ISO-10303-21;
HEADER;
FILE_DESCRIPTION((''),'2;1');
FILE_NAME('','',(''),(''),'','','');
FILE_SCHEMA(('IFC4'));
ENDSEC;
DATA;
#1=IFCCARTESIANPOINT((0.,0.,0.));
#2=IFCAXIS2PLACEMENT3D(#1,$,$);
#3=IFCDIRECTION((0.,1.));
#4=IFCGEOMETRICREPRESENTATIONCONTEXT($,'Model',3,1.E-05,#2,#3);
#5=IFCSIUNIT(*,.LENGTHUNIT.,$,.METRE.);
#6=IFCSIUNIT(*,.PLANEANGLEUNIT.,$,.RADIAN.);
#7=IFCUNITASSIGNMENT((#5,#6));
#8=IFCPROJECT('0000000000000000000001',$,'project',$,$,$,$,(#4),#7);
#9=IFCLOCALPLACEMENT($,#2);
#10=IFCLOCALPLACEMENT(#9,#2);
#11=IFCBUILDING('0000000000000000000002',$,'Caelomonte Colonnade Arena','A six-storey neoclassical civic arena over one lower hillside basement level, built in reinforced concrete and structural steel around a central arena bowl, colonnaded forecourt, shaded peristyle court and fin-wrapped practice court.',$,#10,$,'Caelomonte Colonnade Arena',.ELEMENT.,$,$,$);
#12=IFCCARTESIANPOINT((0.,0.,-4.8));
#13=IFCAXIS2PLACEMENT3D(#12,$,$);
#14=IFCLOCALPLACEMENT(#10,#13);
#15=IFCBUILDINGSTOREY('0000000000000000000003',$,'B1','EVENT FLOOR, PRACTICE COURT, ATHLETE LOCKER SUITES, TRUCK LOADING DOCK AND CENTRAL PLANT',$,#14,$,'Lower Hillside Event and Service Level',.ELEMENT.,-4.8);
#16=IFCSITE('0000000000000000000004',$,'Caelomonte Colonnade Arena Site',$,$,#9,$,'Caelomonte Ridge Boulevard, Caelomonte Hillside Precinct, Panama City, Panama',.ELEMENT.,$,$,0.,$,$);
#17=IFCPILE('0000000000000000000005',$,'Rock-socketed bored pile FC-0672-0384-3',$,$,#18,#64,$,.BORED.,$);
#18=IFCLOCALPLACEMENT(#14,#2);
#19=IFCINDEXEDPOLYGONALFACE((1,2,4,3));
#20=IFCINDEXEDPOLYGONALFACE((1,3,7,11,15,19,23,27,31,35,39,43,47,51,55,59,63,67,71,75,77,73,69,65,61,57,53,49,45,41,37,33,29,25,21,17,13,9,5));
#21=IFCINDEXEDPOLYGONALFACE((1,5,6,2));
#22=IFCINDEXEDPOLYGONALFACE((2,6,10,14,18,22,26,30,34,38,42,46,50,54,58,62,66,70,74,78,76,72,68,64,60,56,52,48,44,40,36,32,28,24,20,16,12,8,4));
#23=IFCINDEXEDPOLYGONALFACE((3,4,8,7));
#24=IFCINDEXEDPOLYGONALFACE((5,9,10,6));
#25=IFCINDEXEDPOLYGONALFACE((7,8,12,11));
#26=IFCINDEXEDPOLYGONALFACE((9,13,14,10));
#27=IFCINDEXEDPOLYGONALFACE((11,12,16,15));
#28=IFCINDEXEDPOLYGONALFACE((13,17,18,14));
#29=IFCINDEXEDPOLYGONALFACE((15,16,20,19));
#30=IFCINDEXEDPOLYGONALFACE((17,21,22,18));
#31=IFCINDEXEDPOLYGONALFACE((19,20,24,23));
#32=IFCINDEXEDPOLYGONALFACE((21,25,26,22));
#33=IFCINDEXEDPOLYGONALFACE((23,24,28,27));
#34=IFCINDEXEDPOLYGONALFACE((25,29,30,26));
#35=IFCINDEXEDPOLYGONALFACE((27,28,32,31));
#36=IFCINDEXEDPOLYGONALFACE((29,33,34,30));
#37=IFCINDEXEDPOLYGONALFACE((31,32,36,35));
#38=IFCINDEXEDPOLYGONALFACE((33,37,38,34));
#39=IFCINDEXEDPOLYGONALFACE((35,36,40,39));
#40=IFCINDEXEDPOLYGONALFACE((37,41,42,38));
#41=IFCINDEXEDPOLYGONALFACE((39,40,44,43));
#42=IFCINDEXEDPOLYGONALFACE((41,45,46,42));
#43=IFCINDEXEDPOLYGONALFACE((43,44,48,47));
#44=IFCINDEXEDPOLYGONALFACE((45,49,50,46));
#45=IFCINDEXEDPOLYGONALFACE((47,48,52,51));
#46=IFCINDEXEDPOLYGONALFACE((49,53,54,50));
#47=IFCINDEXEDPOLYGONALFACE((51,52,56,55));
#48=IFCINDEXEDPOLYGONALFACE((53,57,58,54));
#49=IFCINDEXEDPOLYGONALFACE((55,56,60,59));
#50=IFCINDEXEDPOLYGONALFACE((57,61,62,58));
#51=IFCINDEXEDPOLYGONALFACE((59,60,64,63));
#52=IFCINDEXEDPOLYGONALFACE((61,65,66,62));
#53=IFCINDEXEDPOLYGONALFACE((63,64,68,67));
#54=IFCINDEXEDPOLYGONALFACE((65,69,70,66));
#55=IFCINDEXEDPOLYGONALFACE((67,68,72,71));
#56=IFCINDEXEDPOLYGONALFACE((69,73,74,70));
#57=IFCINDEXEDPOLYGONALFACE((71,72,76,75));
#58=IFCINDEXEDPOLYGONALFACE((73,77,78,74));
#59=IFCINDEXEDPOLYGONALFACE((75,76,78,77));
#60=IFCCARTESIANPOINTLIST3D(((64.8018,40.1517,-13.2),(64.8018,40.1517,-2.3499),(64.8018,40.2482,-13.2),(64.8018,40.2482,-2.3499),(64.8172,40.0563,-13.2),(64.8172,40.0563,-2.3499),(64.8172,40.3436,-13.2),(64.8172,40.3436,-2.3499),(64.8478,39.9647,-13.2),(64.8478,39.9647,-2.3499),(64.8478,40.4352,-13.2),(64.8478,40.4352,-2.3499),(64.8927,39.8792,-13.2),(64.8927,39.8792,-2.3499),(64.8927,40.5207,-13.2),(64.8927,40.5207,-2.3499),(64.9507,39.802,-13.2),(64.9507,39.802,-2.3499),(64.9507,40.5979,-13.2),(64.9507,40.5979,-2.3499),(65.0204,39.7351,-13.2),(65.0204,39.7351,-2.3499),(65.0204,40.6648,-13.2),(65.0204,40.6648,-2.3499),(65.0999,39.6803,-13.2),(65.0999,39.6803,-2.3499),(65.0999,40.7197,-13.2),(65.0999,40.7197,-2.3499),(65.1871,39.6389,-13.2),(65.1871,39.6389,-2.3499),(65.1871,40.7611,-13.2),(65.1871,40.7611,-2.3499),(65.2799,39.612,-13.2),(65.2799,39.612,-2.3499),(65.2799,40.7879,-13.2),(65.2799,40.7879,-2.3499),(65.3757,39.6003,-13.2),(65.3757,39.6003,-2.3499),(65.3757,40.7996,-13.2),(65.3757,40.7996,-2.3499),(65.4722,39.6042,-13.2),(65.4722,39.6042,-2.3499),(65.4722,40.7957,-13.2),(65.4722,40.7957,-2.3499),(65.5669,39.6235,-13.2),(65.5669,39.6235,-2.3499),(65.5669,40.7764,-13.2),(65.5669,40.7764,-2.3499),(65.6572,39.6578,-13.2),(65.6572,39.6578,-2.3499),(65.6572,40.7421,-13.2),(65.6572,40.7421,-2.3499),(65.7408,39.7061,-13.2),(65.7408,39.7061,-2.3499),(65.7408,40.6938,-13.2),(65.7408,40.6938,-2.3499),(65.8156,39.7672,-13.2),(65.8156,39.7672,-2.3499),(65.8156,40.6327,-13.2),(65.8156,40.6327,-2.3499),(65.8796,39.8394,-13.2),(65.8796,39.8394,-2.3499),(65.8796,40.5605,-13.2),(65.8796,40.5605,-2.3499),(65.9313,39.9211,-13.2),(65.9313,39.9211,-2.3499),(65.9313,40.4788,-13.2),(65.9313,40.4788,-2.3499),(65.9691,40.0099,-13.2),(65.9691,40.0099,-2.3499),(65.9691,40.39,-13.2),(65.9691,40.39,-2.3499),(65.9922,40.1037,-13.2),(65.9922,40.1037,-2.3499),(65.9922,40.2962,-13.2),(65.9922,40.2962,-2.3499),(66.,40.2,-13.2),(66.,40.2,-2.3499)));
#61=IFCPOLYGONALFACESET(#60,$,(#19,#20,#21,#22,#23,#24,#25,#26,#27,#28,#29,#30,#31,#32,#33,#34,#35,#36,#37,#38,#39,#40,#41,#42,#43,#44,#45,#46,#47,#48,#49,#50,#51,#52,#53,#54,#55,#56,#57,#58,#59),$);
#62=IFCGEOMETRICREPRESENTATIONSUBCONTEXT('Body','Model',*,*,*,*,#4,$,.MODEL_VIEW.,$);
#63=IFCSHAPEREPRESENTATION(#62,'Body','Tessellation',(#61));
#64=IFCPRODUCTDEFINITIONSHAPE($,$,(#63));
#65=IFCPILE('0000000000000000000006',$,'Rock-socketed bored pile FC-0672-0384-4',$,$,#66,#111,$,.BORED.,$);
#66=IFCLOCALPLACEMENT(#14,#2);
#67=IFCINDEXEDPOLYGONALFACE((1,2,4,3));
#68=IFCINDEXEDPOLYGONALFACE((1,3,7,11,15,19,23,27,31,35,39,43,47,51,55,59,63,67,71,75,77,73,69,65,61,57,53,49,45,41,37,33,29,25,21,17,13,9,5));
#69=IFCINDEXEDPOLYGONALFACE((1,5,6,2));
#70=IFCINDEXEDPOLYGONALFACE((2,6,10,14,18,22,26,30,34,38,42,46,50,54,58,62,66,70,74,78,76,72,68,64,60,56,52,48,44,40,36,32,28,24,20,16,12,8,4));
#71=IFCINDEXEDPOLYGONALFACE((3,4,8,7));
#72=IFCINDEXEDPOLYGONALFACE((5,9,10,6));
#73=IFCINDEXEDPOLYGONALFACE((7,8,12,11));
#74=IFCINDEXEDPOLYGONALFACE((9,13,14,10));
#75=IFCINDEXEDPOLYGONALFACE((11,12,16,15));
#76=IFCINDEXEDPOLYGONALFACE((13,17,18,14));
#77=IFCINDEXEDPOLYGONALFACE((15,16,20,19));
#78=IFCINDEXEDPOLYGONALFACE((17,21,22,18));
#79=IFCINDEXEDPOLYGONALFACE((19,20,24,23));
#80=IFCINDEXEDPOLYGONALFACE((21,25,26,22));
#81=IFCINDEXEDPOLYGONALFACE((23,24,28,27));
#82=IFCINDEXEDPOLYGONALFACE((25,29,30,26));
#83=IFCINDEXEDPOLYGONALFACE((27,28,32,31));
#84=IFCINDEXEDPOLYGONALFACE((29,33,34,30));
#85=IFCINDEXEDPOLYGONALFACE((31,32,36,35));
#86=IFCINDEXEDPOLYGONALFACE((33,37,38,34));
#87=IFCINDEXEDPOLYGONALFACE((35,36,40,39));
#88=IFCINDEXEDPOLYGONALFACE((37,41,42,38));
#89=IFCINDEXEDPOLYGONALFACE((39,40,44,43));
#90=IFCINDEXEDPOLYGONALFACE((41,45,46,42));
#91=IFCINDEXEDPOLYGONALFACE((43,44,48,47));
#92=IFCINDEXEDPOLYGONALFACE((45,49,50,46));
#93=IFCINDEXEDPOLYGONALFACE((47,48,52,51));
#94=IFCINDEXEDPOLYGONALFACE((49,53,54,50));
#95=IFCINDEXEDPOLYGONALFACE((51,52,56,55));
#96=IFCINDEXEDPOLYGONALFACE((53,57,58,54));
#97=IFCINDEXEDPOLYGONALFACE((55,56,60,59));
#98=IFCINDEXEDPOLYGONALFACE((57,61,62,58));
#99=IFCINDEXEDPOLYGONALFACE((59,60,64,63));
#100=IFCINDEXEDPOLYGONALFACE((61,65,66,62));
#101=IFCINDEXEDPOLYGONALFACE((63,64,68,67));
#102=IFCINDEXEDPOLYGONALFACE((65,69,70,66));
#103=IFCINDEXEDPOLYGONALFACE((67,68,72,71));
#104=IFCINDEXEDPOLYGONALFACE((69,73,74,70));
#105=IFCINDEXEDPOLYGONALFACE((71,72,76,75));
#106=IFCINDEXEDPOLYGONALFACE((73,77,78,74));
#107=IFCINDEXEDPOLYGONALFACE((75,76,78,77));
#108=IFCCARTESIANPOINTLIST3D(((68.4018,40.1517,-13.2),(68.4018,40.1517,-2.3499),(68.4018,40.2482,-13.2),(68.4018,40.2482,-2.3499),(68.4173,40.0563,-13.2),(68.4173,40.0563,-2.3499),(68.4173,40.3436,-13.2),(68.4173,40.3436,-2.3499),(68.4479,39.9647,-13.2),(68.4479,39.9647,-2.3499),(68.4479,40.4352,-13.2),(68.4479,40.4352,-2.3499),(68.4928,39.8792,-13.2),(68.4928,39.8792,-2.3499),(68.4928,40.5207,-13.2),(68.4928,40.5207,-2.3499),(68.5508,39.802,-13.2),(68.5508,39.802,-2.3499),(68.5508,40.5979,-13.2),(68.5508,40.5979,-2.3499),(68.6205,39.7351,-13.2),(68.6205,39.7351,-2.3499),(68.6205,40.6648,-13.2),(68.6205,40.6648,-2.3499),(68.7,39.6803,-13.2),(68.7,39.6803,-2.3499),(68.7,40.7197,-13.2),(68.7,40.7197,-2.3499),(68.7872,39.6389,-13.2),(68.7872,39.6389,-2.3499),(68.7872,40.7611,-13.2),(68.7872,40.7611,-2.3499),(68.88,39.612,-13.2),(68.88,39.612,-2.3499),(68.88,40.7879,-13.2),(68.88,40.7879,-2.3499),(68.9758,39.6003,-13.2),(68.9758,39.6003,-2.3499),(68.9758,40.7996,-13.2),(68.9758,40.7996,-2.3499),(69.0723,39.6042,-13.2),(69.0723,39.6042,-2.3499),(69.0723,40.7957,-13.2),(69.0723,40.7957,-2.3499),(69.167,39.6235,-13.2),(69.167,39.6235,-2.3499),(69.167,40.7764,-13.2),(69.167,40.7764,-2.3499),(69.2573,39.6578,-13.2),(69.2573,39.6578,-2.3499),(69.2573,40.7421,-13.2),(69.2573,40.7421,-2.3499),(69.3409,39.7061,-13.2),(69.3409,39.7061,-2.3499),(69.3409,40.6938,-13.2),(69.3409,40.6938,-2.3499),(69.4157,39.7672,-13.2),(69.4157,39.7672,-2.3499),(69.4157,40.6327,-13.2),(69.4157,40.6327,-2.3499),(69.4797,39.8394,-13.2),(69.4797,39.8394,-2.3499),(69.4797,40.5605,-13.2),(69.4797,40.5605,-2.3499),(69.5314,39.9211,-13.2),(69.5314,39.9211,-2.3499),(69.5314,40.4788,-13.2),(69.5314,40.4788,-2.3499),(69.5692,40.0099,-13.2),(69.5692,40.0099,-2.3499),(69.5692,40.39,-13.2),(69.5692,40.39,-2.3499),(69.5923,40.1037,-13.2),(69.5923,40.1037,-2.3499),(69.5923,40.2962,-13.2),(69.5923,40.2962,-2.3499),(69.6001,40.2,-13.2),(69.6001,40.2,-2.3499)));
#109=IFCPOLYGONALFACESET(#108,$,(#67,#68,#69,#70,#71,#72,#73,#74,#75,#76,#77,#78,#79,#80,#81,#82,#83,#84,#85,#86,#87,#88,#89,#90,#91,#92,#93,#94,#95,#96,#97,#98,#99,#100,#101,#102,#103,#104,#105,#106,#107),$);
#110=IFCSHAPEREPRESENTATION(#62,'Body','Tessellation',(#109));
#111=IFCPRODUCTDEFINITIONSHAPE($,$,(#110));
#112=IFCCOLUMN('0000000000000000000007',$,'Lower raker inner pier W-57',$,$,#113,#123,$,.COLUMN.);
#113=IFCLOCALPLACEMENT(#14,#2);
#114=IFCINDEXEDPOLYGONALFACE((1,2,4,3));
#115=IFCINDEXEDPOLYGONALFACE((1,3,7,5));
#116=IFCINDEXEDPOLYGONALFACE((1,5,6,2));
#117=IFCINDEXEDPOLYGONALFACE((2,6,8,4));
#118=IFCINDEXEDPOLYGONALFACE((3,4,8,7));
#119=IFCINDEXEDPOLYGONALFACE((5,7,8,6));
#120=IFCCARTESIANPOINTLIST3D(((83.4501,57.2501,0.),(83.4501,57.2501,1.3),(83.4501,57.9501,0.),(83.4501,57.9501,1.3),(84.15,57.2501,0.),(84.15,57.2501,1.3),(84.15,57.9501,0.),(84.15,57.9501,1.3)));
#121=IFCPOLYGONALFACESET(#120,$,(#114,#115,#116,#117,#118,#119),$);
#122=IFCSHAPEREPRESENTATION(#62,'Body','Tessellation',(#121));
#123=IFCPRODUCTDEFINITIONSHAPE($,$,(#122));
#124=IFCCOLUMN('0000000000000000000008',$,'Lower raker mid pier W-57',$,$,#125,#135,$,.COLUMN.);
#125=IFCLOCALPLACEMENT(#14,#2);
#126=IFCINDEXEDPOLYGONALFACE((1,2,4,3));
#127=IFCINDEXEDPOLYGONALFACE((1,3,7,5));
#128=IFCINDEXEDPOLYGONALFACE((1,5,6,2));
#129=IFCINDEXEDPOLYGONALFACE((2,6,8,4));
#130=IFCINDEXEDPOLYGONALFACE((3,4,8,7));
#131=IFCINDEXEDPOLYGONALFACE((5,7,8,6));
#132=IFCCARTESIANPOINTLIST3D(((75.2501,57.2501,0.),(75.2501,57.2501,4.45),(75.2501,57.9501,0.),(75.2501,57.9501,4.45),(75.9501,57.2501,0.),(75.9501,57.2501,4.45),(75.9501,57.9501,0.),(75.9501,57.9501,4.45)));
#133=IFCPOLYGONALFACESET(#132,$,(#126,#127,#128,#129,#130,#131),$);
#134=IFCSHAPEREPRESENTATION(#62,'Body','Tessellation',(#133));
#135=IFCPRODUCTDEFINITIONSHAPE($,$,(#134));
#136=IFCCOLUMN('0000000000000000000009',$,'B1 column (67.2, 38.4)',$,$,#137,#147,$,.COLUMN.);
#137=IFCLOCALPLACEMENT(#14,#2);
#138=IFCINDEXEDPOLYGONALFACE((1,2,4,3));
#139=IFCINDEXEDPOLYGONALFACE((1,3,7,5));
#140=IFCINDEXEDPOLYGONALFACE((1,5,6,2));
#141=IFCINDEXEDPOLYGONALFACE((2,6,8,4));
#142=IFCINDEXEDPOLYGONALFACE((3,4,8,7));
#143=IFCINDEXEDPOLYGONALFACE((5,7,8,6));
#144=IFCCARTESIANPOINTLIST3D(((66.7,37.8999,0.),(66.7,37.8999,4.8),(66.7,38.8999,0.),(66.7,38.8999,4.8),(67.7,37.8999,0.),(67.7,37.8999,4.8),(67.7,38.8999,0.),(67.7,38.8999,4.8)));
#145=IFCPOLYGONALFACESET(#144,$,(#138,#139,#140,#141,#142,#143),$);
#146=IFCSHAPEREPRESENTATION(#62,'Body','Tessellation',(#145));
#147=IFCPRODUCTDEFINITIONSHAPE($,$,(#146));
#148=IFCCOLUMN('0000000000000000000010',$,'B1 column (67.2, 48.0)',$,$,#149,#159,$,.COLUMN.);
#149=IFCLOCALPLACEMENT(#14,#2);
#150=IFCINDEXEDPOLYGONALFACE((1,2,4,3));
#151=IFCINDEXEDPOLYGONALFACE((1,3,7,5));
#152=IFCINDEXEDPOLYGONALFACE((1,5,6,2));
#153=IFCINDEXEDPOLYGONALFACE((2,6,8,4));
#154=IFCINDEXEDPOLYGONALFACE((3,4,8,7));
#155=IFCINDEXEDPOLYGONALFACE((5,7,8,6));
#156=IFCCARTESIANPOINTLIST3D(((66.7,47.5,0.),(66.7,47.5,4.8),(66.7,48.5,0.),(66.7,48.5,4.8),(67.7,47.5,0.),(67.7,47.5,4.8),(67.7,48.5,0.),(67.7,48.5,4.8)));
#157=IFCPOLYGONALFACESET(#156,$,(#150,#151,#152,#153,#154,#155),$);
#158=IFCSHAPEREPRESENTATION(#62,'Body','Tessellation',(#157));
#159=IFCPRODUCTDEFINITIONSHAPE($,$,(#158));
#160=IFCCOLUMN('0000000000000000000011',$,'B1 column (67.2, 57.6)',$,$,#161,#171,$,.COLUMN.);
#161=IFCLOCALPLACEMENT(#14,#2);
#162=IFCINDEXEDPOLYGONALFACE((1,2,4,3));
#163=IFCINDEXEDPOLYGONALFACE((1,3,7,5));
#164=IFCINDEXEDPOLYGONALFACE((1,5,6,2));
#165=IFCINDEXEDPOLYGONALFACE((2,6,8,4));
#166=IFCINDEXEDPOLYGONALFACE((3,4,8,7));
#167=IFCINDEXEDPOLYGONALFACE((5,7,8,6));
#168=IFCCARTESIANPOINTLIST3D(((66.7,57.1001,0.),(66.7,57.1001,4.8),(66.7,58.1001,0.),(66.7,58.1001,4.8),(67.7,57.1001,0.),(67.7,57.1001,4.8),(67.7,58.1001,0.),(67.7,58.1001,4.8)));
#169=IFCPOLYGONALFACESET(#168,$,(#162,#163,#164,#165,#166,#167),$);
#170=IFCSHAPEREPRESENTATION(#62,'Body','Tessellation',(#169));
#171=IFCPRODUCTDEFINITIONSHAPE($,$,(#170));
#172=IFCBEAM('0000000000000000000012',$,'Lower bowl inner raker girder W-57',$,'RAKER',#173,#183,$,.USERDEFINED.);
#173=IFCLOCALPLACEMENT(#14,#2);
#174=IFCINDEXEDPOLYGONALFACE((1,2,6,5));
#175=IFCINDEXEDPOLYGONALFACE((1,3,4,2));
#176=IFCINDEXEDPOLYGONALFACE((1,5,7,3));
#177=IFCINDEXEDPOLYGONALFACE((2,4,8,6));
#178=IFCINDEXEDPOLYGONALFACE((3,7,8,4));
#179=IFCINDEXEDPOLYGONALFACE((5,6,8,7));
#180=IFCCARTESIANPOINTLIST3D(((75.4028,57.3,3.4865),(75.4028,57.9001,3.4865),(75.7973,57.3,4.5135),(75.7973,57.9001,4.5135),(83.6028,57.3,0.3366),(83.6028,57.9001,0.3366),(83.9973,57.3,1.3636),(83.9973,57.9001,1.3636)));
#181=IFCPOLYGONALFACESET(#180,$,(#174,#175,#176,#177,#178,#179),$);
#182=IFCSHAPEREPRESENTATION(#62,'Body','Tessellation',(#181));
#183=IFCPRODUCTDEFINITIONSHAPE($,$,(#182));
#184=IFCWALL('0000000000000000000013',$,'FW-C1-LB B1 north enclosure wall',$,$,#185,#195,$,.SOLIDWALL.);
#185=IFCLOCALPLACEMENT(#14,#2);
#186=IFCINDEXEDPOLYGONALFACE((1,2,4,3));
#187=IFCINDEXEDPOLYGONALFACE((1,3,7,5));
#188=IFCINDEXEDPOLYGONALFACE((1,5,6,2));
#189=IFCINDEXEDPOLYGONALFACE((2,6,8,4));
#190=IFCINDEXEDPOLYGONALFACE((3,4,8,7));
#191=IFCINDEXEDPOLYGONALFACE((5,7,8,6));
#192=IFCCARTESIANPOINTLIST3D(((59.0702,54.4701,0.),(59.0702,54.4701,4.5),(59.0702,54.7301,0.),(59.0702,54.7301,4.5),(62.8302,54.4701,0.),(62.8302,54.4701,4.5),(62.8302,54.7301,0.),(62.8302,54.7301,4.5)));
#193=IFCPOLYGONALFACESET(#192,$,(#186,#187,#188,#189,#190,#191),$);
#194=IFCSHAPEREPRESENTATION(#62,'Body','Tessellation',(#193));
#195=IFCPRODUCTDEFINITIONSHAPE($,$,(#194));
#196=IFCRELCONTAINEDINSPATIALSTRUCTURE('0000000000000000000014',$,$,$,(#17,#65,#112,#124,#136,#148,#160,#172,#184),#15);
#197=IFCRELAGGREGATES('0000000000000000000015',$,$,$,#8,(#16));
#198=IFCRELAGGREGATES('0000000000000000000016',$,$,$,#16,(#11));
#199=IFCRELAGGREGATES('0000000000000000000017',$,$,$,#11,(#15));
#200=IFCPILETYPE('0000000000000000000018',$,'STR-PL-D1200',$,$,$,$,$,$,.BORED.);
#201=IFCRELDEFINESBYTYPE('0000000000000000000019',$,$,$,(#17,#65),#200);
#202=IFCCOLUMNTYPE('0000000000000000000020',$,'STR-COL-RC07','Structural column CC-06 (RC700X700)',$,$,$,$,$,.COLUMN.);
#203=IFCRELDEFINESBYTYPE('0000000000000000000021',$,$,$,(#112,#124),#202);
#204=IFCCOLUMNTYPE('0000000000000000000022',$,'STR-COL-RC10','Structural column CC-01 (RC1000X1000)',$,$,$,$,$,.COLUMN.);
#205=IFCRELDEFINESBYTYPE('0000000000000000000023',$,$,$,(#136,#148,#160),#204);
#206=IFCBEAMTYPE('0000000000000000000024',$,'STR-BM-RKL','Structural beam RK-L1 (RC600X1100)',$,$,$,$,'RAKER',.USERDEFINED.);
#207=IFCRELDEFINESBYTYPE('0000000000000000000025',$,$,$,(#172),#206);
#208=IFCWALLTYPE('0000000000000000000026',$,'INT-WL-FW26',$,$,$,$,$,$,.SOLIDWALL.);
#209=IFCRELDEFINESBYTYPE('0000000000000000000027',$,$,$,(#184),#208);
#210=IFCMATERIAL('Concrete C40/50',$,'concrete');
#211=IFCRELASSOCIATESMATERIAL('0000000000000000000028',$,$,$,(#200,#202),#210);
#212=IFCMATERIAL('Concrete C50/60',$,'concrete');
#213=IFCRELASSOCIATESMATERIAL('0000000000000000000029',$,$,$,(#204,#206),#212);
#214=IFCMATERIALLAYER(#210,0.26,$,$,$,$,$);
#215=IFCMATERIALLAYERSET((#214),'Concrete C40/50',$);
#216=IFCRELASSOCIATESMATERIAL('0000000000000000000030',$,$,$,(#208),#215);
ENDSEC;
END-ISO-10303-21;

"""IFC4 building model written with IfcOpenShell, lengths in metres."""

from ifc_helpers import new_model, si_unit, direction, frame, frame_2d, origin, origin_2d, place, context, subcontext, project, spatial, rectangle, circle, extrude, material, layer, layer_set, material_profile, profile_set, type_object, element, save


model = new_model("IFC4")

# Units and contexts
model_context = context("Model", 3, precision=1e-05, world=origin(), true_north=direction((0.0, 1.0)))
body_context = subcontext(model_context, "Body", "Model", "MODEL_VIEW")
ifc_project = project(units=[si_unit("LENGTHUNIT", "METRE"), si_unit("PLANEANGLEUNIT", "RADIAN")], contexts=[model_context])

# Site, building, storey
site_placement = place(None, origin())
site = spatial("IfcSite", under=ifc_project, at=site_placement, Name="Caelomonte Colonnade Arena Site", LongName="Caelomonte Ridge Boulevard, Caelomonte Hillside Precinct, Panama City, Panama", CompositionType="ELEMENT", RefElevation=0.0)
building_placement = place(site_placement, origin())
building = spatial("IfcBuilding", under=site, at=building_placement, Name="Caelomonte Colonnade Arena", Description="A six-storey neoclassical civic arena over one lower hillside basement level, built in reinforced concrete and structural steel around a central arena bowl, colonnaded forecourt, shaded peristyle court and fin-wrapped practice court.", LongName="Caelomonte Colonnade Arena", CompositionType="ELEMENT")
storey_placement = place(building_placement, frame((0.0, 0.0, -4.8)))
storey = spatial("IfcBuildingStorey", under=building, at=storey_placement, Name="B1", Description="EVENT FLOOR, PRACTICE COURT, ATHLETE LOCKER SUITES, TRUCK LOADING DOCK AND CENTRAL PLANT", LongName="Lower Hillside Event and Service Level", CompositionType="ELEMENT", Elevation=-4.8)

# Shared definitions
ifc_material_1 = material(Name="Concrete C40/50", Category="concrete")

# Piles
ifc_material_profile_1 = material_profile(ifc_material_1, circle(Radius=0.6001, at=origin_2d()), Name="PILE-D1200")
ifc_profile_set_1 = profile_set([ifc_material_profile_1], Name="Concrete C40/50")
pile_type_1 = type_object("IfcPileType", Name="STR-PL-D1200", PredefinedType="BORED", material=ifc_profile_set_1)
for number, where, z_axis, x_axis, name in (
    (1, (65.3999, 40.2, -2.3499), (0.0, 0.0, -1.0), (1.0, 0.0, 0.0), "Rock-socketed bored pile FC-0672-0384-3"),
    (2, (69.0, 40.2, -2.3499), (0.0, 0.0, -1.0), (1.0, 0.0, 0.0), "Rock-socketed bored pile FC-0672-0384-4"),
):
    element("IfcPile", number, at=place(storey_placement, frame(where, z_axis=z_axis, x_axis=x_axis)), inside=storey, type_object=pile_type_1, Name=name, PredefinedType="BORED", context=body_context, shape_type="SweptSolid", body=[
        extrude(circle(Radius=0.6001, at=origin_2d()), origin(), (0.0, 0.0, 1.0), 10.8501),
    ])

# Columns
ifc_material_profile_2 = material_profile(ifc_material_1, rectangle(XDim=0.7, YDim=0.7, at=origin_2d()), Name="RC700X700")
ifc_profile_set_2 = profile_set([ifc_material_profile_2], Name="Concrete C40/50")
column_type_1 = type_object("IfcColumnType", Name="STR-COL-RC07", Description="Structural column CC-06 (RC700X700)", PredefinedType="COLUMN", material=ifc_profile_set_2)
column_1_placement = place(storey_placement, frame((83.8, 57.6001, 0.0), z_axis=(0.0, 0.0, 1.0), x_axis=(1.0, 0.0, 0.0)))
element("IfcColumn", 3, at=column_1_placement, inside=storey, type_object=column_type_1, Name="Lower raker inner pier W-57", PredefinedType="COLUMN", context=body_context, shape_type="SweptSolid", body=[
    extrude(rectangle(XDim=0.7, YDim=0.7, at=origin_2d()), origin(), (0.0, 0.0, 1.0), 1.3),
])
column_2_placement = place(storey_placement, frame((75.6001, 57.6001, 0.0), z_axis=(0.0, 0.0, 1.0), x_axis=(1.0, 0.0, 0.0)))
element("IfcColumn", 4, at=column_2_placement, inside=storey, type_object=column_type_1, Name="Lower raker mid pier W-57", PredefinedType="COLUMN", context=body_context, shape_type="SweptSolid", body=[
    extrude(rectangle(XDim=0.7, YDim=0.7, at=origin_2d()), origin(), (0.0, 0.0, 1.0), 4.45),
])
ifc_material_2 = material(Name="Concrete C50/60", Category="concrete")
ifc_material_profile_3 = material_profile(ifc_material_2, rectangle(XDim=1.0, YDim=1.0, at=origin_2d()), Name="RC1000X1000")
ifc_profile_set_3 = profile_set([ifc_material_profile_3], Name="Concrete C50/60")
column_type_2 = type_object("IfcColumnType", Name="STR-COL-RC10", Description="Structural column CC-01 (RC1000X1000)", PredefinedType="COLUMN", material=ifc_profile_set_3)
for number, where, z_axis, x_axis, name in (
    (5, (67.2, 38.3999, 0.0), (0.0, 0.0, 1.0), (1.0, 0.0, 0.0), "B1 column (67.2, 38.4)"),
    (6, (67.2, 48.0, 0.0), (0.0, 0.0, 1.0), (1.0, 0.0, 0.0), "B1 column (67.2, 48.0)"),
    (7, (67.2, 57.6001, 0.0), (0.0, 0.0, 1.0), (1.0, 0.0, 0.0), "B1 column (67.2, 57.6)"),
):
    element("IfcColumn", number, at=place(storey_placement, frame(where, z_axis=z_axis, x_axis=x_axis)), inside=storey, type_object=column_type_2, Name=name, PredefinedType="COLUMN", context=body_context, shape_type="SweptSolid", body=[
        extrude(rectangle(XDim=1.0, YDim=1.0, at=origin_2d()), origin(), (0.0, 0.0, 1.0), 4.8),
    ])

# Beam
ifc_material_profile_4 = material_profile(ifc_material_2, rectangle(XDim=0.6001, YDim=1.1001, at=origin_2d()), Name="RC600X1100")
ifc_profile_set_4 = profile_set([ifc_material_profile_4], Name="Concrete C50/60")
beam_type = type_object("IfcBeamType", Name="STR-BM-RKL", Description="Structural beam RK-L1 (RC600X1100)", ElementType="RAKER", PredefinedType="USERDEFINED", material=ifc_profile_set_4)
beam_placement = place(storey_placement, frame((83.8, 57.6001, 0.8501), z_axis=(-0.933495, 0.0, 0.35859), x_axis=(0.0, -1.0, 0.0)))
element("IfcBeam", 8, at=beam_placement, inside=storey, type_object=beam_type, Name="Lower bowl inner raker girder W-57", ObjectType="RAKER", PredefinedType="USERDEFINED", context=body_context, shape_type="SweptSolid", body=[
    extrude(rectangle(XDim=0.6001, YDim=1.1001, at=origin_2d()), origin(), (0.0, 0.0, 1.0), 8.7842),
])

# Wall
ifc_layer_1 = layer(ifc_material_1, 0.26)
ifc_layer_set_1 = layer_set([ifc_layer_1], Name="Concrete C40/50")
wall_type_1 = type_object("IfcWallType", Name="INT-WL-FW26", PredefinedType="SOLIDWALL", material=ifc_layer_set_1)
wall_1_placement = place(storey_placement, frame((62.8301, 54.6001, 0.0), z_axis=(0.0, 0.0, 1.0), x_axis=(-1.0, 0.0, 0.0)))
element("IfcWall", 9, at=wall_1_placement, inside=storey, type_object=wall_type_1, Name="FW-C1-LB B1 north enclosure wall", PredefinedType="SOLIDWALL", context=body_context, shape_type="SweptSolid", body=[
    extrude(rectangle(XDim=3.76, YDim=0.26, at=frame_2d((1.8799, 0.0))), origin(), (0.0, 0.0, 1.0), 4.5),
])

save(model, "model.ifc")
